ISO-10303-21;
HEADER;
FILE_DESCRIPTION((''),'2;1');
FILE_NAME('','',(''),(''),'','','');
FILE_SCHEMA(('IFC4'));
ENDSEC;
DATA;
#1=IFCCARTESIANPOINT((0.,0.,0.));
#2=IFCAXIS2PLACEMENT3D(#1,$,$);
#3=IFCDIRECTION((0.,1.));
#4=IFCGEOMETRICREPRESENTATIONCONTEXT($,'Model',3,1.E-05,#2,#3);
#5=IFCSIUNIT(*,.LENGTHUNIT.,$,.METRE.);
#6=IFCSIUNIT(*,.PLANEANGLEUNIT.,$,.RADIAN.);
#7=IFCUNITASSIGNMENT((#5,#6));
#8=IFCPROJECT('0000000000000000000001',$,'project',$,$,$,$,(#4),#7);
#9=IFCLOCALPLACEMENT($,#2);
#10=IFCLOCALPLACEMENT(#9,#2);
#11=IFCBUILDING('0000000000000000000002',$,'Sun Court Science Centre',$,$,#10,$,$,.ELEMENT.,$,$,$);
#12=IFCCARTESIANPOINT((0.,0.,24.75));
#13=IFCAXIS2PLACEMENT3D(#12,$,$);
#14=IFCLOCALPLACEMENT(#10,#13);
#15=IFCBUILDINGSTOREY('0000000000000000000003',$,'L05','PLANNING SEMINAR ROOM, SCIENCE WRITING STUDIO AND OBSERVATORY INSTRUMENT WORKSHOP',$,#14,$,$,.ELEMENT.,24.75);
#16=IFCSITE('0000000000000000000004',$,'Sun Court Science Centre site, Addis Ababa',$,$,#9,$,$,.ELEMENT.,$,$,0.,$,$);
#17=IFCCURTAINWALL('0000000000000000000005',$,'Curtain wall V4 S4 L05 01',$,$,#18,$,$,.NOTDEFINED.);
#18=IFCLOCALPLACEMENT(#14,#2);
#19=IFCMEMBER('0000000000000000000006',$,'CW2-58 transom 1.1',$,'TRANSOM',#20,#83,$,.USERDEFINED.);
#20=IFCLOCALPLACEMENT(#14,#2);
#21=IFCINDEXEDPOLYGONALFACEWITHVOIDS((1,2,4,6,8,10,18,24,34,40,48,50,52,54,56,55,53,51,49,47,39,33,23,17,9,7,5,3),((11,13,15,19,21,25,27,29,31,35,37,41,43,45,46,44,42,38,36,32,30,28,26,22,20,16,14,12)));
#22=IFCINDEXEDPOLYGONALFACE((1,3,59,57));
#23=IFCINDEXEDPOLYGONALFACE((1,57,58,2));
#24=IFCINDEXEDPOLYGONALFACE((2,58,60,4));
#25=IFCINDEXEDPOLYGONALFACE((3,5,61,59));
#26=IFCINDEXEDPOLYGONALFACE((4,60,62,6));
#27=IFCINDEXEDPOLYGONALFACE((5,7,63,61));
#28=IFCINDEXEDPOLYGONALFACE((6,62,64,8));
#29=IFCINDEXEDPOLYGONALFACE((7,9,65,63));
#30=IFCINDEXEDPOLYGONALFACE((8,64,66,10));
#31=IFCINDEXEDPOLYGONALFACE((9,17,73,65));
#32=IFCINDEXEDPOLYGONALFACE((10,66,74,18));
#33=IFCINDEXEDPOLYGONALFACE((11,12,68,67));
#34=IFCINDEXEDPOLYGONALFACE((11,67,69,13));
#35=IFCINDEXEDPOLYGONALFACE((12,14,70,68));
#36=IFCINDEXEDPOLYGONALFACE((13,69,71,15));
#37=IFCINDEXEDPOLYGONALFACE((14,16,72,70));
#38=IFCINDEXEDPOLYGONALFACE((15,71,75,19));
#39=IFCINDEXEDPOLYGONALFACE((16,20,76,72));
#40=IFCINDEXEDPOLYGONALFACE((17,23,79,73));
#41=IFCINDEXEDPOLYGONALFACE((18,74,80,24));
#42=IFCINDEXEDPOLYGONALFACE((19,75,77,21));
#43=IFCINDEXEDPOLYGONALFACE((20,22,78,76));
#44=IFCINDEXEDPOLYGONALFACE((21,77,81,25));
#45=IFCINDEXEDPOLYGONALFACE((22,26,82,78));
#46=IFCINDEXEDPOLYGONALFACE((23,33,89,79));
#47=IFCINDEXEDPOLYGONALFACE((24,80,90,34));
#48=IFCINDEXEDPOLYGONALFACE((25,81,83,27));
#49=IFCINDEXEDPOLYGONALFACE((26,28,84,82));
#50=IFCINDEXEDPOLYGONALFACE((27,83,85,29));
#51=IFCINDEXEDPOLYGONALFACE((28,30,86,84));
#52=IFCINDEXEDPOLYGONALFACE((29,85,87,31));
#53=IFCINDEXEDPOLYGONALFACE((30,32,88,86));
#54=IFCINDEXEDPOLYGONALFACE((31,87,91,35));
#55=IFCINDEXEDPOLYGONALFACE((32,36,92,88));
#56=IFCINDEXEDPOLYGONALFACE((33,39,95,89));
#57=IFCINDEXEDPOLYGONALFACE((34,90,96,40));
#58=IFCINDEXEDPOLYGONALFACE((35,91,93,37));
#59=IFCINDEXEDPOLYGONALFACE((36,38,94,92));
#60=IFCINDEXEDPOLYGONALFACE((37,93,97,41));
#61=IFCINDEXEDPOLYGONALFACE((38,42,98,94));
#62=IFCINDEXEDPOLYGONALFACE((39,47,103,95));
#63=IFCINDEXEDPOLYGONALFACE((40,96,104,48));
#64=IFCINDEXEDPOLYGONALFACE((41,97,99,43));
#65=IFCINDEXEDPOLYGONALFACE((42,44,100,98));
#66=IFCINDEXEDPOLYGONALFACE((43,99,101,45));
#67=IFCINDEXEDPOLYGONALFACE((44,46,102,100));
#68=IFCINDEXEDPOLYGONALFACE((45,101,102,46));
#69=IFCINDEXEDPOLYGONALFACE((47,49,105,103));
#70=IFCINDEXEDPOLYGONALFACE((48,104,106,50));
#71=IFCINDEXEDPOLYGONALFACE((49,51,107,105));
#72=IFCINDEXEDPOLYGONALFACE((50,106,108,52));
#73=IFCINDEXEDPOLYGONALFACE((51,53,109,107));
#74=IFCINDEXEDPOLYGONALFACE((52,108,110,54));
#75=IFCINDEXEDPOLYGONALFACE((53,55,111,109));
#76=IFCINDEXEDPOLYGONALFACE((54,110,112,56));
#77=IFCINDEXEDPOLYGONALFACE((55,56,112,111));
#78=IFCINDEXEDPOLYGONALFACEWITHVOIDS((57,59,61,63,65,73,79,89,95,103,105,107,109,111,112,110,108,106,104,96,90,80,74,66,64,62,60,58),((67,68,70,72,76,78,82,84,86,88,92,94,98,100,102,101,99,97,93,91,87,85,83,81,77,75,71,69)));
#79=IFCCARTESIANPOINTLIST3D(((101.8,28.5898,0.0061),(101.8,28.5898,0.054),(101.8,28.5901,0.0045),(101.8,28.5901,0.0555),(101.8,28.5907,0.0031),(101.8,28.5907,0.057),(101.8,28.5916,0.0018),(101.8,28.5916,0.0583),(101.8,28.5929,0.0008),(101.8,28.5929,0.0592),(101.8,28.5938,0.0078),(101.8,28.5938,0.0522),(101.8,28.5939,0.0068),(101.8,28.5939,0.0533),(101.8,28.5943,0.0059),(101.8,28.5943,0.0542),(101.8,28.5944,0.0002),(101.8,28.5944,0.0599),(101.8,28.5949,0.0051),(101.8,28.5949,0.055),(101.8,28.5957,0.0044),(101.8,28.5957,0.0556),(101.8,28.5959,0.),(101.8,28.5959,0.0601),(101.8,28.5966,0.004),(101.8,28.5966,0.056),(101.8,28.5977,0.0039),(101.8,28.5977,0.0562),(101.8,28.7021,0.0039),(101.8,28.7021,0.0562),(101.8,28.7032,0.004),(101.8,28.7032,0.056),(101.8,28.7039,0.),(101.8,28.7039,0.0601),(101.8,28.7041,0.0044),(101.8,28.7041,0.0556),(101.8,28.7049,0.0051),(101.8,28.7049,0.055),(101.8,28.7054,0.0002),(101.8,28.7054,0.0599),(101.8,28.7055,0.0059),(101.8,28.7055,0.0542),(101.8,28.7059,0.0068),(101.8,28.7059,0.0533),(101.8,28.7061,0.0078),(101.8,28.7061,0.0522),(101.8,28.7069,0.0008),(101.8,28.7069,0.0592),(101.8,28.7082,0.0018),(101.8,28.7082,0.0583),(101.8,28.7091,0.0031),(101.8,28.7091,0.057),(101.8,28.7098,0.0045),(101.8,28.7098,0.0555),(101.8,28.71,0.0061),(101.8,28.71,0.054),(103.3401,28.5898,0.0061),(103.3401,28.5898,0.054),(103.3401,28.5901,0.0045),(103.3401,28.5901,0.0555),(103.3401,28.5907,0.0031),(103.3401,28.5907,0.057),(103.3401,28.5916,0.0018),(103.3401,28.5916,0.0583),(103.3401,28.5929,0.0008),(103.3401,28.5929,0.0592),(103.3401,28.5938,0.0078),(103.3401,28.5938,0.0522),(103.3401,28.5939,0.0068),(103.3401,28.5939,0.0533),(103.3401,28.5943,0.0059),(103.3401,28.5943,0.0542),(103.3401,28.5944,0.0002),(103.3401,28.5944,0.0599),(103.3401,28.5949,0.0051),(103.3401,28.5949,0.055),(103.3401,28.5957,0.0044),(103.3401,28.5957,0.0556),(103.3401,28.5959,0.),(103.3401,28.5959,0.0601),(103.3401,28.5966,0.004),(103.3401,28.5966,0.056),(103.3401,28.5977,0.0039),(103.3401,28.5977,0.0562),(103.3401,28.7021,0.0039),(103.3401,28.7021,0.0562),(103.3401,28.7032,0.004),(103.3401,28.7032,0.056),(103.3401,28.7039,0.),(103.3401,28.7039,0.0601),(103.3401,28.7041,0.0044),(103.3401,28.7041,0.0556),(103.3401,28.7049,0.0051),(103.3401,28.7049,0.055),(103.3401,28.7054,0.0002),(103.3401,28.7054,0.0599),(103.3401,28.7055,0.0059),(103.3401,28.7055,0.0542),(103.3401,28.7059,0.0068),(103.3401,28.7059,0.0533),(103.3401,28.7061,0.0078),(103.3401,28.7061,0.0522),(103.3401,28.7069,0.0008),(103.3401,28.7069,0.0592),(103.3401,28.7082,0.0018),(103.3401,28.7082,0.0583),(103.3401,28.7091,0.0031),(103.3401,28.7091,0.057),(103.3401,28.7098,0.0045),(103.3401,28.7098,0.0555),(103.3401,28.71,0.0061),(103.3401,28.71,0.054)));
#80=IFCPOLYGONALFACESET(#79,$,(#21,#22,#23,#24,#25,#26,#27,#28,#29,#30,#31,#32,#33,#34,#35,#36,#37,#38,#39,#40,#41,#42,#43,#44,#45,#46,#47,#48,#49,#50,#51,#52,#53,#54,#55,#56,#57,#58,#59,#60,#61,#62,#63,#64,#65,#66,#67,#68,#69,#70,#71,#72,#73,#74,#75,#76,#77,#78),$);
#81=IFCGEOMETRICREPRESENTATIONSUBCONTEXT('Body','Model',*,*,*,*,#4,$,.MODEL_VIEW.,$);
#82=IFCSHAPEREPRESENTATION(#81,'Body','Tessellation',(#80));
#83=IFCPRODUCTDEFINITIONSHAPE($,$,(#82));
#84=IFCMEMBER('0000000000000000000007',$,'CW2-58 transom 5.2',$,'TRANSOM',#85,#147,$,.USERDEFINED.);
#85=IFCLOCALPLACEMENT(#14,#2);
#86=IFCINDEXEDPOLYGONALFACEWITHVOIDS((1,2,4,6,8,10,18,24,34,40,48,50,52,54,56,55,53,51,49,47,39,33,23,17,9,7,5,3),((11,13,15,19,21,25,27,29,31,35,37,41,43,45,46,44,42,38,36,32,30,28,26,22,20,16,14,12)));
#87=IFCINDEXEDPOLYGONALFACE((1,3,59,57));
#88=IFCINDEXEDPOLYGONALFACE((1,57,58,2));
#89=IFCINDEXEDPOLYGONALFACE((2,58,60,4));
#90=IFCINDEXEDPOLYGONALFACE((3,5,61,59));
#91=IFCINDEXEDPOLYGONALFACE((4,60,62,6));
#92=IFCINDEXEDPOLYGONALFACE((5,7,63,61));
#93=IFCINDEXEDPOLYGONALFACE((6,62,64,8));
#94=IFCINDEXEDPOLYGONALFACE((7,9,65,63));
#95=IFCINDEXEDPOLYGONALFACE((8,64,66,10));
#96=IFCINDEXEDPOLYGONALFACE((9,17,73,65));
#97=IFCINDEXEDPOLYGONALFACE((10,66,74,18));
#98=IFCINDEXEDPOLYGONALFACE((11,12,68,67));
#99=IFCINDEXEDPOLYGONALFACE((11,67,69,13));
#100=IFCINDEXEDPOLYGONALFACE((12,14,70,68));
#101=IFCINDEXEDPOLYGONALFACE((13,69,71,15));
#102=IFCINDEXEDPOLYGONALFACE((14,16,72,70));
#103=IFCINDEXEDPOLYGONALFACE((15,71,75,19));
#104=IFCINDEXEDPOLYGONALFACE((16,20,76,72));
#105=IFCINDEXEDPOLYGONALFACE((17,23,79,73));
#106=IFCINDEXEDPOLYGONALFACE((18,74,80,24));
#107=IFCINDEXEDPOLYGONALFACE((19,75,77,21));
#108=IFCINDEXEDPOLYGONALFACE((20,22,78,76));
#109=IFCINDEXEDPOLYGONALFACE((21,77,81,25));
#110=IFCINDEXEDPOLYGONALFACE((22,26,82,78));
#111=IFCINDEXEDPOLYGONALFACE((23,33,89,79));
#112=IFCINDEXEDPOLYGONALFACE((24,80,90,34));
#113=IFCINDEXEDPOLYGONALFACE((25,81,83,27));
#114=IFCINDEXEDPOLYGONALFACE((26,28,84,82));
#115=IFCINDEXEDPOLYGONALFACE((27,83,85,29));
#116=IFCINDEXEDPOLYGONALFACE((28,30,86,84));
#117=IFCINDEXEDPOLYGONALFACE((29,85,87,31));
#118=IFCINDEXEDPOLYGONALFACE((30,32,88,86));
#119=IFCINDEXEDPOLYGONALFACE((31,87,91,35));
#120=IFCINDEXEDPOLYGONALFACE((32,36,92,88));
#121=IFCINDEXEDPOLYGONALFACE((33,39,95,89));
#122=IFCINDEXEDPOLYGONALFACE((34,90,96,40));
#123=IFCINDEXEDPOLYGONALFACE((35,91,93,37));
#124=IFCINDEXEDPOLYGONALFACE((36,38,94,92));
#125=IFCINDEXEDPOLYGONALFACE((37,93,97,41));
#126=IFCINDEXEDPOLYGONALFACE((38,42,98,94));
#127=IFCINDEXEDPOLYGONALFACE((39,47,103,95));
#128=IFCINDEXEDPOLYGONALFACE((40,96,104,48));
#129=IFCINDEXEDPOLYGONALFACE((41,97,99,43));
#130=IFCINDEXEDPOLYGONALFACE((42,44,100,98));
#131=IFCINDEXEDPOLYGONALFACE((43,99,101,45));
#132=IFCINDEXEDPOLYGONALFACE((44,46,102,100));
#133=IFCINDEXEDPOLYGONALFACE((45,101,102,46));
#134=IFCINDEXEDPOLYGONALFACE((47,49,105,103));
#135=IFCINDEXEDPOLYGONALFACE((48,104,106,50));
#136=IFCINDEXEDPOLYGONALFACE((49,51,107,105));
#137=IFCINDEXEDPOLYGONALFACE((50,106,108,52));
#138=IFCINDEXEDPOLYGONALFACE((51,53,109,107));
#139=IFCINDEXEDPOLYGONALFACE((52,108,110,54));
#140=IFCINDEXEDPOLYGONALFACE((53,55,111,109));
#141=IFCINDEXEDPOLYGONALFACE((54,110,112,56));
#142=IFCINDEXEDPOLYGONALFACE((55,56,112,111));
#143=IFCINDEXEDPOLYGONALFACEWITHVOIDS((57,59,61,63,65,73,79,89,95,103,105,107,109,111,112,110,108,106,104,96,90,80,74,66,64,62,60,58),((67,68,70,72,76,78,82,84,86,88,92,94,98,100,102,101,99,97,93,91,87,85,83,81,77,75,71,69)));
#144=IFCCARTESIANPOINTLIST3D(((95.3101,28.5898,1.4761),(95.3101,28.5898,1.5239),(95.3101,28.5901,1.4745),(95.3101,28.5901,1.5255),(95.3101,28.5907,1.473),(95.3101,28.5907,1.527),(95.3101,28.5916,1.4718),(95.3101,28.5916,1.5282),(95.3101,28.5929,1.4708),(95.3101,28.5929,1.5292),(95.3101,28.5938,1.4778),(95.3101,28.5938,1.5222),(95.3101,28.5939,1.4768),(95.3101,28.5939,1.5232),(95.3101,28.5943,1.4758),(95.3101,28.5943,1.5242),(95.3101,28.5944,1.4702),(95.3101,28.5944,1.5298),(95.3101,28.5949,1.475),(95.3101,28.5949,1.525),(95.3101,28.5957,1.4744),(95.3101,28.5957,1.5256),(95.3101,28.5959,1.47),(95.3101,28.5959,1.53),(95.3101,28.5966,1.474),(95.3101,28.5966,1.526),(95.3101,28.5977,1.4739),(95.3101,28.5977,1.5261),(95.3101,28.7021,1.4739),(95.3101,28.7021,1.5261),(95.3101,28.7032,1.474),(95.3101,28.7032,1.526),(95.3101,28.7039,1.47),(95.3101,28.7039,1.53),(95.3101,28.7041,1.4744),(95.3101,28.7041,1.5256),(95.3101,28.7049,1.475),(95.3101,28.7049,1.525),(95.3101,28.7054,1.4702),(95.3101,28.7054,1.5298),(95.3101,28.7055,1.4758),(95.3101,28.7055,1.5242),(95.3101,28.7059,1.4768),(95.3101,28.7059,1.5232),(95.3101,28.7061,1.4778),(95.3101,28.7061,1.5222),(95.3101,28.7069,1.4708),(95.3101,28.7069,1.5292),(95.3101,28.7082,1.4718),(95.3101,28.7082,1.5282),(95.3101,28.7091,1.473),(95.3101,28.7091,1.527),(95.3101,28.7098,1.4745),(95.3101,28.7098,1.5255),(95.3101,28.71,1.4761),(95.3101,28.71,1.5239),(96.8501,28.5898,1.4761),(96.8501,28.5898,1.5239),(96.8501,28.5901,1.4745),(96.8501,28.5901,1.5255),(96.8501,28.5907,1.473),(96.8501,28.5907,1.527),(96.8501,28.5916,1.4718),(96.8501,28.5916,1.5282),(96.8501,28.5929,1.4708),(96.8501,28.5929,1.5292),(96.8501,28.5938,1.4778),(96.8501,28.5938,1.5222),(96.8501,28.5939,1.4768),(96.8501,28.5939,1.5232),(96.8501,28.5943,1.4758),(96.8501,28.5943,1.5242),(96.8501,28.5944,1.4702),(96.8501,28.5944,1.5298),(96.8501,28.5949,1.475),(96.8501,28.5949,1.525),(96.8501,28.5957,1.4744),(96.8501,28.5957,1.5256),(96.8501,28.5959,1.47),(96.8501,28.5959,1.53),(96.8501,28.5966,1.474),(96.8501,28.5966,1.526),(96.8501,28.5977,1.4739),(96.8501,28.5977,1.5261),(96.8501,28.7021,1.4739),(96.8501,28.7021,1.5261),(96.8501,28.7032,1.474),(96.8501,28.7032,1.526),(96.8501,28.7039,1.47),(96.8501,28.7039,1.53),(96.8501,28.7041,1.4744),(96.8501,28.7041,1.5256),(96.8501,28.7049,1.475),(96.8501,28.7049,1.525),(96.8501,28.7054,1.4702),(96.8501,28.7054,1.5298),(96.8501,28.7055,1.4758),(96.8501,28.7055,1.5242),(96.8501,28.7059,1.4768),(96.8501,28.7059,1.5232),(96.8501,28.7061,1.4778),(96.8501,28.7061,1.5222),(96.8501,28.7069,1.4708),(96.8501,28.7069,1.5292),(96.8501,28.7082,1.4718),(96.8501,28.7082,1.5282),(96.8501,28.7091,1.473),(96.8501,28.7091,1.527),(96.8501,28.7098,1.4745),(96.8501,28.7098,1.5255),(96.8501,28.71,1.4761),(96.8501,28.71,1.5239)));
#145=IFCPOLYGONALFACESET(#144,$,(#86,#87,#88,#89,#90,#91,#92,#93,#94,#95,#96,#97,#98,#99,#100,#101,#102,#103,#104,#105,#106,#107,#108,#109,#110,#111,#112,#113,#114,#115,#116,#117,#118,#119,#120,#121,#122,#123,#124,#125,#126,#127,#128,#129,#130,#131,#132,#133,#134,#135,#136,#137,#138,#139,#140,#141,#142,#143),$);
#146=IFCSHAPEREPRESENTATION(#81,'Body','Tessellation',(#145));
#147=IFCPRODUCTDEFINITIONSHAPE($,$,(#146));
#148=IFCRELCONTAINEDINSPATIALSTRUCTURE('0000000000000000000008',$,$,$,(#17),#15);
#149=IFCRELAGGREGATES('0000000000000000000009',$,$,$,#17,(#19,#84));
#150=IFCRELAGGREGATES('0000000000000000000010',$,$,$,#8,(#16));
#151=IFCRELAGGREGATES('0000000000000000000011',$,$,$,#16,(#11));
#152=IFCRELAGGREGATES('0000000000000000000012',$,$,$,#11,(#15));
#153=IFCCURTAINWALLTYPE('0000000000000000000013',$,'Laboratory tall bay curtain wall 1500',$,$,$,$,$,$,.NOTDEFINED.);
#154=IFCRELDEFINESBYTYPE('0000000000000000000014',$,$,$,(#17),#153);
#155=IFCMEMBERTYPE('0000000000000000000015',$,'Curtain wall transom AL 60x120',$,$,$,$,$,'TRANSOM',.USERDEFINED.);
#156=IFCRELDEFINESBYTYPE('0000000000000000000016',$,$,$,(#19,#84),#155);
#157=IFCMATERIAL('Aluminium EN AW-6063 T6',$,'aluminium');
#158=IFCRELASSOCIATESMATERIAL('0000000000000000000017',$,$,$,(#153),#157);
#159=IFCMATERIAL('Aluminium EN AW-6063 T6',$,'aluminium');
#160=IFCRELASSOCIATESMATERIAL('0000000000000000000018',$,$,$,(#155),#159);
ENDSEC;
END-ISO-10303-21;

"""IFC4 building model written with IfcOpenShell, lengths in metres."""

from ifc_helpers import new_model, si_unit, direction, frame, origin, origin_2d, place, context, subcontext, project, spatial, hollow_rectangle, extrude, material, material_profile, profile_set, type_object, element, aggregate, save


model = new_model("IFC4")

# Units and contexts
model_context = context("Model", 3, precision=1e-05, world=origin(), true_north=direction((0.0, 1.0)))
body_context = subcontext(model_context, "Body", "Model", "MODEL_VIEW")
ifc_project = project(units=[si_unit("LENGTHUNIT", "METRE"), si_unit("PLANEANGLEUNIT", "RADIAN")], contexts=[model_context])

# Site, building, storey
site_placement = place(None, origin())
site = spatial("IfcSite", under=ifc_project, at=site_placement, Name="Sun Court Science Centre site, Addis Ababa", CompositionType="ELEMENT", RefElevation=0.0)
building_placement = place(site_placement, origin())
building = spatial("IfcBuilding", under=site, at=building_placement, Name="Sun Court Science Centre", CompositionType="ELEMENT")
storey_placement = place(building_placement, frame((0.0, 0.0, 24.75)))
storey = spatial("IfcBuildingStorey", under=building, at=storey_placement, Name="L05", Description="PLANNING SEMINAR ROOM, SCIENCE WRITING STUDIO AND OBSERVATORY INSTRUMENT WORKSHOP", CompositionType="ELEMENT", Elevation=24.75)

# Curtain wall
ifc_material_1 = material(Name="Aluminium EN AW-6063 T6", Category="aluminium")
curtain_wall_type = type_object("IfcCurtainWallType", Name="Laboratory tall bay curtain wall 1500", PredefinedType="NOTDEFINED", material=ifc_material_1)
curtain_wall_1_placement = place(storey_placement, origin())
curtain_wall_1 = element("IfcCurtainWall", 1, at=curtain_wall_1_placement, inside=storey, type_object=curtain_wall_type, Name="Curtain wall V4 S4 L05 01", PredefinedType="NOTDEFINED")

# Members
ifc_material_2 = material(Name="Aluminium EN AW-6063 T6", Category="aluminium")
ifc_material_profile_1 = material_profile(ifc_material_2, hollow_rectangle(XDim=0.0601, YDim=0.1201, WallThickness=0.0039, InnerFilletRadius=0.0039, OuterFilletRadius=0.0061, at=origin_2d()), Name="AL 60x120x4")
ifc_profile_set_1 = profile_set([ifc_material_profile_1], Name="Aluminium EN AW-6063 T6")
member_type_1 = type_object("IfcMemberType", Name="Curtain wall transom AL 60x120", ElementType="TRANSOM", PredefinedType="USERDEFINED", material=ifc_profile_set_1)
member_1_placement = place(storey_placement, frame((103.3401, 28.6499, 0.03), z_axis=(-1.0, 0.0, 0.0), x_axis=(0.0, 0.0, 1.0)))
member_1 = element("IfcMember", 2, at=member_1_placement, type_object=member_type_1, Name="CW2-58 transom 1.1", ObjectType="TRANSOM", PredefinedType="USERDEFINED", context=body_context, shape_type="SweptSolid", body=[
    extrude(hollow_rectangle(XDim=0.0601, YDim=0.1201, WallThickness=0.0039, InnerFilletRadius=0.0039, OuterFilletRadius=0.0061, at=origin_2d()), origin(), (0.0, 0.0, 1.0), 1.54),
])
member_2_placement = place(storey_placement, frame((96.8501, 28.6499, 1.5), z_axis=(-1.0, 0.0, 0.0), x_axis=(0.0, 0.0, 1.0)))
member_2 = element("IfcMember", 3, at=member_2_placement, type_object=member_type_1, Name="CW2-58 transom 5.2", ObjectType="TRANSOM", PredefinedType="USERDEFINED", context=body_context, shape_type="SweptSolid", body=[
    extrude(hollow_rectangle(XDim=0.0601, YDim=0.1201, WallThickness=0.0039, InnerFilletRadius=0.0039, OuterFilletRadius=0.0061, at=origin_2d()), origin(), (0.0, 0.0, 1.0), 1.54),
])

aggregate(curtain_wall_1, [member_1, member_2])

save(model, "model.ifc")
